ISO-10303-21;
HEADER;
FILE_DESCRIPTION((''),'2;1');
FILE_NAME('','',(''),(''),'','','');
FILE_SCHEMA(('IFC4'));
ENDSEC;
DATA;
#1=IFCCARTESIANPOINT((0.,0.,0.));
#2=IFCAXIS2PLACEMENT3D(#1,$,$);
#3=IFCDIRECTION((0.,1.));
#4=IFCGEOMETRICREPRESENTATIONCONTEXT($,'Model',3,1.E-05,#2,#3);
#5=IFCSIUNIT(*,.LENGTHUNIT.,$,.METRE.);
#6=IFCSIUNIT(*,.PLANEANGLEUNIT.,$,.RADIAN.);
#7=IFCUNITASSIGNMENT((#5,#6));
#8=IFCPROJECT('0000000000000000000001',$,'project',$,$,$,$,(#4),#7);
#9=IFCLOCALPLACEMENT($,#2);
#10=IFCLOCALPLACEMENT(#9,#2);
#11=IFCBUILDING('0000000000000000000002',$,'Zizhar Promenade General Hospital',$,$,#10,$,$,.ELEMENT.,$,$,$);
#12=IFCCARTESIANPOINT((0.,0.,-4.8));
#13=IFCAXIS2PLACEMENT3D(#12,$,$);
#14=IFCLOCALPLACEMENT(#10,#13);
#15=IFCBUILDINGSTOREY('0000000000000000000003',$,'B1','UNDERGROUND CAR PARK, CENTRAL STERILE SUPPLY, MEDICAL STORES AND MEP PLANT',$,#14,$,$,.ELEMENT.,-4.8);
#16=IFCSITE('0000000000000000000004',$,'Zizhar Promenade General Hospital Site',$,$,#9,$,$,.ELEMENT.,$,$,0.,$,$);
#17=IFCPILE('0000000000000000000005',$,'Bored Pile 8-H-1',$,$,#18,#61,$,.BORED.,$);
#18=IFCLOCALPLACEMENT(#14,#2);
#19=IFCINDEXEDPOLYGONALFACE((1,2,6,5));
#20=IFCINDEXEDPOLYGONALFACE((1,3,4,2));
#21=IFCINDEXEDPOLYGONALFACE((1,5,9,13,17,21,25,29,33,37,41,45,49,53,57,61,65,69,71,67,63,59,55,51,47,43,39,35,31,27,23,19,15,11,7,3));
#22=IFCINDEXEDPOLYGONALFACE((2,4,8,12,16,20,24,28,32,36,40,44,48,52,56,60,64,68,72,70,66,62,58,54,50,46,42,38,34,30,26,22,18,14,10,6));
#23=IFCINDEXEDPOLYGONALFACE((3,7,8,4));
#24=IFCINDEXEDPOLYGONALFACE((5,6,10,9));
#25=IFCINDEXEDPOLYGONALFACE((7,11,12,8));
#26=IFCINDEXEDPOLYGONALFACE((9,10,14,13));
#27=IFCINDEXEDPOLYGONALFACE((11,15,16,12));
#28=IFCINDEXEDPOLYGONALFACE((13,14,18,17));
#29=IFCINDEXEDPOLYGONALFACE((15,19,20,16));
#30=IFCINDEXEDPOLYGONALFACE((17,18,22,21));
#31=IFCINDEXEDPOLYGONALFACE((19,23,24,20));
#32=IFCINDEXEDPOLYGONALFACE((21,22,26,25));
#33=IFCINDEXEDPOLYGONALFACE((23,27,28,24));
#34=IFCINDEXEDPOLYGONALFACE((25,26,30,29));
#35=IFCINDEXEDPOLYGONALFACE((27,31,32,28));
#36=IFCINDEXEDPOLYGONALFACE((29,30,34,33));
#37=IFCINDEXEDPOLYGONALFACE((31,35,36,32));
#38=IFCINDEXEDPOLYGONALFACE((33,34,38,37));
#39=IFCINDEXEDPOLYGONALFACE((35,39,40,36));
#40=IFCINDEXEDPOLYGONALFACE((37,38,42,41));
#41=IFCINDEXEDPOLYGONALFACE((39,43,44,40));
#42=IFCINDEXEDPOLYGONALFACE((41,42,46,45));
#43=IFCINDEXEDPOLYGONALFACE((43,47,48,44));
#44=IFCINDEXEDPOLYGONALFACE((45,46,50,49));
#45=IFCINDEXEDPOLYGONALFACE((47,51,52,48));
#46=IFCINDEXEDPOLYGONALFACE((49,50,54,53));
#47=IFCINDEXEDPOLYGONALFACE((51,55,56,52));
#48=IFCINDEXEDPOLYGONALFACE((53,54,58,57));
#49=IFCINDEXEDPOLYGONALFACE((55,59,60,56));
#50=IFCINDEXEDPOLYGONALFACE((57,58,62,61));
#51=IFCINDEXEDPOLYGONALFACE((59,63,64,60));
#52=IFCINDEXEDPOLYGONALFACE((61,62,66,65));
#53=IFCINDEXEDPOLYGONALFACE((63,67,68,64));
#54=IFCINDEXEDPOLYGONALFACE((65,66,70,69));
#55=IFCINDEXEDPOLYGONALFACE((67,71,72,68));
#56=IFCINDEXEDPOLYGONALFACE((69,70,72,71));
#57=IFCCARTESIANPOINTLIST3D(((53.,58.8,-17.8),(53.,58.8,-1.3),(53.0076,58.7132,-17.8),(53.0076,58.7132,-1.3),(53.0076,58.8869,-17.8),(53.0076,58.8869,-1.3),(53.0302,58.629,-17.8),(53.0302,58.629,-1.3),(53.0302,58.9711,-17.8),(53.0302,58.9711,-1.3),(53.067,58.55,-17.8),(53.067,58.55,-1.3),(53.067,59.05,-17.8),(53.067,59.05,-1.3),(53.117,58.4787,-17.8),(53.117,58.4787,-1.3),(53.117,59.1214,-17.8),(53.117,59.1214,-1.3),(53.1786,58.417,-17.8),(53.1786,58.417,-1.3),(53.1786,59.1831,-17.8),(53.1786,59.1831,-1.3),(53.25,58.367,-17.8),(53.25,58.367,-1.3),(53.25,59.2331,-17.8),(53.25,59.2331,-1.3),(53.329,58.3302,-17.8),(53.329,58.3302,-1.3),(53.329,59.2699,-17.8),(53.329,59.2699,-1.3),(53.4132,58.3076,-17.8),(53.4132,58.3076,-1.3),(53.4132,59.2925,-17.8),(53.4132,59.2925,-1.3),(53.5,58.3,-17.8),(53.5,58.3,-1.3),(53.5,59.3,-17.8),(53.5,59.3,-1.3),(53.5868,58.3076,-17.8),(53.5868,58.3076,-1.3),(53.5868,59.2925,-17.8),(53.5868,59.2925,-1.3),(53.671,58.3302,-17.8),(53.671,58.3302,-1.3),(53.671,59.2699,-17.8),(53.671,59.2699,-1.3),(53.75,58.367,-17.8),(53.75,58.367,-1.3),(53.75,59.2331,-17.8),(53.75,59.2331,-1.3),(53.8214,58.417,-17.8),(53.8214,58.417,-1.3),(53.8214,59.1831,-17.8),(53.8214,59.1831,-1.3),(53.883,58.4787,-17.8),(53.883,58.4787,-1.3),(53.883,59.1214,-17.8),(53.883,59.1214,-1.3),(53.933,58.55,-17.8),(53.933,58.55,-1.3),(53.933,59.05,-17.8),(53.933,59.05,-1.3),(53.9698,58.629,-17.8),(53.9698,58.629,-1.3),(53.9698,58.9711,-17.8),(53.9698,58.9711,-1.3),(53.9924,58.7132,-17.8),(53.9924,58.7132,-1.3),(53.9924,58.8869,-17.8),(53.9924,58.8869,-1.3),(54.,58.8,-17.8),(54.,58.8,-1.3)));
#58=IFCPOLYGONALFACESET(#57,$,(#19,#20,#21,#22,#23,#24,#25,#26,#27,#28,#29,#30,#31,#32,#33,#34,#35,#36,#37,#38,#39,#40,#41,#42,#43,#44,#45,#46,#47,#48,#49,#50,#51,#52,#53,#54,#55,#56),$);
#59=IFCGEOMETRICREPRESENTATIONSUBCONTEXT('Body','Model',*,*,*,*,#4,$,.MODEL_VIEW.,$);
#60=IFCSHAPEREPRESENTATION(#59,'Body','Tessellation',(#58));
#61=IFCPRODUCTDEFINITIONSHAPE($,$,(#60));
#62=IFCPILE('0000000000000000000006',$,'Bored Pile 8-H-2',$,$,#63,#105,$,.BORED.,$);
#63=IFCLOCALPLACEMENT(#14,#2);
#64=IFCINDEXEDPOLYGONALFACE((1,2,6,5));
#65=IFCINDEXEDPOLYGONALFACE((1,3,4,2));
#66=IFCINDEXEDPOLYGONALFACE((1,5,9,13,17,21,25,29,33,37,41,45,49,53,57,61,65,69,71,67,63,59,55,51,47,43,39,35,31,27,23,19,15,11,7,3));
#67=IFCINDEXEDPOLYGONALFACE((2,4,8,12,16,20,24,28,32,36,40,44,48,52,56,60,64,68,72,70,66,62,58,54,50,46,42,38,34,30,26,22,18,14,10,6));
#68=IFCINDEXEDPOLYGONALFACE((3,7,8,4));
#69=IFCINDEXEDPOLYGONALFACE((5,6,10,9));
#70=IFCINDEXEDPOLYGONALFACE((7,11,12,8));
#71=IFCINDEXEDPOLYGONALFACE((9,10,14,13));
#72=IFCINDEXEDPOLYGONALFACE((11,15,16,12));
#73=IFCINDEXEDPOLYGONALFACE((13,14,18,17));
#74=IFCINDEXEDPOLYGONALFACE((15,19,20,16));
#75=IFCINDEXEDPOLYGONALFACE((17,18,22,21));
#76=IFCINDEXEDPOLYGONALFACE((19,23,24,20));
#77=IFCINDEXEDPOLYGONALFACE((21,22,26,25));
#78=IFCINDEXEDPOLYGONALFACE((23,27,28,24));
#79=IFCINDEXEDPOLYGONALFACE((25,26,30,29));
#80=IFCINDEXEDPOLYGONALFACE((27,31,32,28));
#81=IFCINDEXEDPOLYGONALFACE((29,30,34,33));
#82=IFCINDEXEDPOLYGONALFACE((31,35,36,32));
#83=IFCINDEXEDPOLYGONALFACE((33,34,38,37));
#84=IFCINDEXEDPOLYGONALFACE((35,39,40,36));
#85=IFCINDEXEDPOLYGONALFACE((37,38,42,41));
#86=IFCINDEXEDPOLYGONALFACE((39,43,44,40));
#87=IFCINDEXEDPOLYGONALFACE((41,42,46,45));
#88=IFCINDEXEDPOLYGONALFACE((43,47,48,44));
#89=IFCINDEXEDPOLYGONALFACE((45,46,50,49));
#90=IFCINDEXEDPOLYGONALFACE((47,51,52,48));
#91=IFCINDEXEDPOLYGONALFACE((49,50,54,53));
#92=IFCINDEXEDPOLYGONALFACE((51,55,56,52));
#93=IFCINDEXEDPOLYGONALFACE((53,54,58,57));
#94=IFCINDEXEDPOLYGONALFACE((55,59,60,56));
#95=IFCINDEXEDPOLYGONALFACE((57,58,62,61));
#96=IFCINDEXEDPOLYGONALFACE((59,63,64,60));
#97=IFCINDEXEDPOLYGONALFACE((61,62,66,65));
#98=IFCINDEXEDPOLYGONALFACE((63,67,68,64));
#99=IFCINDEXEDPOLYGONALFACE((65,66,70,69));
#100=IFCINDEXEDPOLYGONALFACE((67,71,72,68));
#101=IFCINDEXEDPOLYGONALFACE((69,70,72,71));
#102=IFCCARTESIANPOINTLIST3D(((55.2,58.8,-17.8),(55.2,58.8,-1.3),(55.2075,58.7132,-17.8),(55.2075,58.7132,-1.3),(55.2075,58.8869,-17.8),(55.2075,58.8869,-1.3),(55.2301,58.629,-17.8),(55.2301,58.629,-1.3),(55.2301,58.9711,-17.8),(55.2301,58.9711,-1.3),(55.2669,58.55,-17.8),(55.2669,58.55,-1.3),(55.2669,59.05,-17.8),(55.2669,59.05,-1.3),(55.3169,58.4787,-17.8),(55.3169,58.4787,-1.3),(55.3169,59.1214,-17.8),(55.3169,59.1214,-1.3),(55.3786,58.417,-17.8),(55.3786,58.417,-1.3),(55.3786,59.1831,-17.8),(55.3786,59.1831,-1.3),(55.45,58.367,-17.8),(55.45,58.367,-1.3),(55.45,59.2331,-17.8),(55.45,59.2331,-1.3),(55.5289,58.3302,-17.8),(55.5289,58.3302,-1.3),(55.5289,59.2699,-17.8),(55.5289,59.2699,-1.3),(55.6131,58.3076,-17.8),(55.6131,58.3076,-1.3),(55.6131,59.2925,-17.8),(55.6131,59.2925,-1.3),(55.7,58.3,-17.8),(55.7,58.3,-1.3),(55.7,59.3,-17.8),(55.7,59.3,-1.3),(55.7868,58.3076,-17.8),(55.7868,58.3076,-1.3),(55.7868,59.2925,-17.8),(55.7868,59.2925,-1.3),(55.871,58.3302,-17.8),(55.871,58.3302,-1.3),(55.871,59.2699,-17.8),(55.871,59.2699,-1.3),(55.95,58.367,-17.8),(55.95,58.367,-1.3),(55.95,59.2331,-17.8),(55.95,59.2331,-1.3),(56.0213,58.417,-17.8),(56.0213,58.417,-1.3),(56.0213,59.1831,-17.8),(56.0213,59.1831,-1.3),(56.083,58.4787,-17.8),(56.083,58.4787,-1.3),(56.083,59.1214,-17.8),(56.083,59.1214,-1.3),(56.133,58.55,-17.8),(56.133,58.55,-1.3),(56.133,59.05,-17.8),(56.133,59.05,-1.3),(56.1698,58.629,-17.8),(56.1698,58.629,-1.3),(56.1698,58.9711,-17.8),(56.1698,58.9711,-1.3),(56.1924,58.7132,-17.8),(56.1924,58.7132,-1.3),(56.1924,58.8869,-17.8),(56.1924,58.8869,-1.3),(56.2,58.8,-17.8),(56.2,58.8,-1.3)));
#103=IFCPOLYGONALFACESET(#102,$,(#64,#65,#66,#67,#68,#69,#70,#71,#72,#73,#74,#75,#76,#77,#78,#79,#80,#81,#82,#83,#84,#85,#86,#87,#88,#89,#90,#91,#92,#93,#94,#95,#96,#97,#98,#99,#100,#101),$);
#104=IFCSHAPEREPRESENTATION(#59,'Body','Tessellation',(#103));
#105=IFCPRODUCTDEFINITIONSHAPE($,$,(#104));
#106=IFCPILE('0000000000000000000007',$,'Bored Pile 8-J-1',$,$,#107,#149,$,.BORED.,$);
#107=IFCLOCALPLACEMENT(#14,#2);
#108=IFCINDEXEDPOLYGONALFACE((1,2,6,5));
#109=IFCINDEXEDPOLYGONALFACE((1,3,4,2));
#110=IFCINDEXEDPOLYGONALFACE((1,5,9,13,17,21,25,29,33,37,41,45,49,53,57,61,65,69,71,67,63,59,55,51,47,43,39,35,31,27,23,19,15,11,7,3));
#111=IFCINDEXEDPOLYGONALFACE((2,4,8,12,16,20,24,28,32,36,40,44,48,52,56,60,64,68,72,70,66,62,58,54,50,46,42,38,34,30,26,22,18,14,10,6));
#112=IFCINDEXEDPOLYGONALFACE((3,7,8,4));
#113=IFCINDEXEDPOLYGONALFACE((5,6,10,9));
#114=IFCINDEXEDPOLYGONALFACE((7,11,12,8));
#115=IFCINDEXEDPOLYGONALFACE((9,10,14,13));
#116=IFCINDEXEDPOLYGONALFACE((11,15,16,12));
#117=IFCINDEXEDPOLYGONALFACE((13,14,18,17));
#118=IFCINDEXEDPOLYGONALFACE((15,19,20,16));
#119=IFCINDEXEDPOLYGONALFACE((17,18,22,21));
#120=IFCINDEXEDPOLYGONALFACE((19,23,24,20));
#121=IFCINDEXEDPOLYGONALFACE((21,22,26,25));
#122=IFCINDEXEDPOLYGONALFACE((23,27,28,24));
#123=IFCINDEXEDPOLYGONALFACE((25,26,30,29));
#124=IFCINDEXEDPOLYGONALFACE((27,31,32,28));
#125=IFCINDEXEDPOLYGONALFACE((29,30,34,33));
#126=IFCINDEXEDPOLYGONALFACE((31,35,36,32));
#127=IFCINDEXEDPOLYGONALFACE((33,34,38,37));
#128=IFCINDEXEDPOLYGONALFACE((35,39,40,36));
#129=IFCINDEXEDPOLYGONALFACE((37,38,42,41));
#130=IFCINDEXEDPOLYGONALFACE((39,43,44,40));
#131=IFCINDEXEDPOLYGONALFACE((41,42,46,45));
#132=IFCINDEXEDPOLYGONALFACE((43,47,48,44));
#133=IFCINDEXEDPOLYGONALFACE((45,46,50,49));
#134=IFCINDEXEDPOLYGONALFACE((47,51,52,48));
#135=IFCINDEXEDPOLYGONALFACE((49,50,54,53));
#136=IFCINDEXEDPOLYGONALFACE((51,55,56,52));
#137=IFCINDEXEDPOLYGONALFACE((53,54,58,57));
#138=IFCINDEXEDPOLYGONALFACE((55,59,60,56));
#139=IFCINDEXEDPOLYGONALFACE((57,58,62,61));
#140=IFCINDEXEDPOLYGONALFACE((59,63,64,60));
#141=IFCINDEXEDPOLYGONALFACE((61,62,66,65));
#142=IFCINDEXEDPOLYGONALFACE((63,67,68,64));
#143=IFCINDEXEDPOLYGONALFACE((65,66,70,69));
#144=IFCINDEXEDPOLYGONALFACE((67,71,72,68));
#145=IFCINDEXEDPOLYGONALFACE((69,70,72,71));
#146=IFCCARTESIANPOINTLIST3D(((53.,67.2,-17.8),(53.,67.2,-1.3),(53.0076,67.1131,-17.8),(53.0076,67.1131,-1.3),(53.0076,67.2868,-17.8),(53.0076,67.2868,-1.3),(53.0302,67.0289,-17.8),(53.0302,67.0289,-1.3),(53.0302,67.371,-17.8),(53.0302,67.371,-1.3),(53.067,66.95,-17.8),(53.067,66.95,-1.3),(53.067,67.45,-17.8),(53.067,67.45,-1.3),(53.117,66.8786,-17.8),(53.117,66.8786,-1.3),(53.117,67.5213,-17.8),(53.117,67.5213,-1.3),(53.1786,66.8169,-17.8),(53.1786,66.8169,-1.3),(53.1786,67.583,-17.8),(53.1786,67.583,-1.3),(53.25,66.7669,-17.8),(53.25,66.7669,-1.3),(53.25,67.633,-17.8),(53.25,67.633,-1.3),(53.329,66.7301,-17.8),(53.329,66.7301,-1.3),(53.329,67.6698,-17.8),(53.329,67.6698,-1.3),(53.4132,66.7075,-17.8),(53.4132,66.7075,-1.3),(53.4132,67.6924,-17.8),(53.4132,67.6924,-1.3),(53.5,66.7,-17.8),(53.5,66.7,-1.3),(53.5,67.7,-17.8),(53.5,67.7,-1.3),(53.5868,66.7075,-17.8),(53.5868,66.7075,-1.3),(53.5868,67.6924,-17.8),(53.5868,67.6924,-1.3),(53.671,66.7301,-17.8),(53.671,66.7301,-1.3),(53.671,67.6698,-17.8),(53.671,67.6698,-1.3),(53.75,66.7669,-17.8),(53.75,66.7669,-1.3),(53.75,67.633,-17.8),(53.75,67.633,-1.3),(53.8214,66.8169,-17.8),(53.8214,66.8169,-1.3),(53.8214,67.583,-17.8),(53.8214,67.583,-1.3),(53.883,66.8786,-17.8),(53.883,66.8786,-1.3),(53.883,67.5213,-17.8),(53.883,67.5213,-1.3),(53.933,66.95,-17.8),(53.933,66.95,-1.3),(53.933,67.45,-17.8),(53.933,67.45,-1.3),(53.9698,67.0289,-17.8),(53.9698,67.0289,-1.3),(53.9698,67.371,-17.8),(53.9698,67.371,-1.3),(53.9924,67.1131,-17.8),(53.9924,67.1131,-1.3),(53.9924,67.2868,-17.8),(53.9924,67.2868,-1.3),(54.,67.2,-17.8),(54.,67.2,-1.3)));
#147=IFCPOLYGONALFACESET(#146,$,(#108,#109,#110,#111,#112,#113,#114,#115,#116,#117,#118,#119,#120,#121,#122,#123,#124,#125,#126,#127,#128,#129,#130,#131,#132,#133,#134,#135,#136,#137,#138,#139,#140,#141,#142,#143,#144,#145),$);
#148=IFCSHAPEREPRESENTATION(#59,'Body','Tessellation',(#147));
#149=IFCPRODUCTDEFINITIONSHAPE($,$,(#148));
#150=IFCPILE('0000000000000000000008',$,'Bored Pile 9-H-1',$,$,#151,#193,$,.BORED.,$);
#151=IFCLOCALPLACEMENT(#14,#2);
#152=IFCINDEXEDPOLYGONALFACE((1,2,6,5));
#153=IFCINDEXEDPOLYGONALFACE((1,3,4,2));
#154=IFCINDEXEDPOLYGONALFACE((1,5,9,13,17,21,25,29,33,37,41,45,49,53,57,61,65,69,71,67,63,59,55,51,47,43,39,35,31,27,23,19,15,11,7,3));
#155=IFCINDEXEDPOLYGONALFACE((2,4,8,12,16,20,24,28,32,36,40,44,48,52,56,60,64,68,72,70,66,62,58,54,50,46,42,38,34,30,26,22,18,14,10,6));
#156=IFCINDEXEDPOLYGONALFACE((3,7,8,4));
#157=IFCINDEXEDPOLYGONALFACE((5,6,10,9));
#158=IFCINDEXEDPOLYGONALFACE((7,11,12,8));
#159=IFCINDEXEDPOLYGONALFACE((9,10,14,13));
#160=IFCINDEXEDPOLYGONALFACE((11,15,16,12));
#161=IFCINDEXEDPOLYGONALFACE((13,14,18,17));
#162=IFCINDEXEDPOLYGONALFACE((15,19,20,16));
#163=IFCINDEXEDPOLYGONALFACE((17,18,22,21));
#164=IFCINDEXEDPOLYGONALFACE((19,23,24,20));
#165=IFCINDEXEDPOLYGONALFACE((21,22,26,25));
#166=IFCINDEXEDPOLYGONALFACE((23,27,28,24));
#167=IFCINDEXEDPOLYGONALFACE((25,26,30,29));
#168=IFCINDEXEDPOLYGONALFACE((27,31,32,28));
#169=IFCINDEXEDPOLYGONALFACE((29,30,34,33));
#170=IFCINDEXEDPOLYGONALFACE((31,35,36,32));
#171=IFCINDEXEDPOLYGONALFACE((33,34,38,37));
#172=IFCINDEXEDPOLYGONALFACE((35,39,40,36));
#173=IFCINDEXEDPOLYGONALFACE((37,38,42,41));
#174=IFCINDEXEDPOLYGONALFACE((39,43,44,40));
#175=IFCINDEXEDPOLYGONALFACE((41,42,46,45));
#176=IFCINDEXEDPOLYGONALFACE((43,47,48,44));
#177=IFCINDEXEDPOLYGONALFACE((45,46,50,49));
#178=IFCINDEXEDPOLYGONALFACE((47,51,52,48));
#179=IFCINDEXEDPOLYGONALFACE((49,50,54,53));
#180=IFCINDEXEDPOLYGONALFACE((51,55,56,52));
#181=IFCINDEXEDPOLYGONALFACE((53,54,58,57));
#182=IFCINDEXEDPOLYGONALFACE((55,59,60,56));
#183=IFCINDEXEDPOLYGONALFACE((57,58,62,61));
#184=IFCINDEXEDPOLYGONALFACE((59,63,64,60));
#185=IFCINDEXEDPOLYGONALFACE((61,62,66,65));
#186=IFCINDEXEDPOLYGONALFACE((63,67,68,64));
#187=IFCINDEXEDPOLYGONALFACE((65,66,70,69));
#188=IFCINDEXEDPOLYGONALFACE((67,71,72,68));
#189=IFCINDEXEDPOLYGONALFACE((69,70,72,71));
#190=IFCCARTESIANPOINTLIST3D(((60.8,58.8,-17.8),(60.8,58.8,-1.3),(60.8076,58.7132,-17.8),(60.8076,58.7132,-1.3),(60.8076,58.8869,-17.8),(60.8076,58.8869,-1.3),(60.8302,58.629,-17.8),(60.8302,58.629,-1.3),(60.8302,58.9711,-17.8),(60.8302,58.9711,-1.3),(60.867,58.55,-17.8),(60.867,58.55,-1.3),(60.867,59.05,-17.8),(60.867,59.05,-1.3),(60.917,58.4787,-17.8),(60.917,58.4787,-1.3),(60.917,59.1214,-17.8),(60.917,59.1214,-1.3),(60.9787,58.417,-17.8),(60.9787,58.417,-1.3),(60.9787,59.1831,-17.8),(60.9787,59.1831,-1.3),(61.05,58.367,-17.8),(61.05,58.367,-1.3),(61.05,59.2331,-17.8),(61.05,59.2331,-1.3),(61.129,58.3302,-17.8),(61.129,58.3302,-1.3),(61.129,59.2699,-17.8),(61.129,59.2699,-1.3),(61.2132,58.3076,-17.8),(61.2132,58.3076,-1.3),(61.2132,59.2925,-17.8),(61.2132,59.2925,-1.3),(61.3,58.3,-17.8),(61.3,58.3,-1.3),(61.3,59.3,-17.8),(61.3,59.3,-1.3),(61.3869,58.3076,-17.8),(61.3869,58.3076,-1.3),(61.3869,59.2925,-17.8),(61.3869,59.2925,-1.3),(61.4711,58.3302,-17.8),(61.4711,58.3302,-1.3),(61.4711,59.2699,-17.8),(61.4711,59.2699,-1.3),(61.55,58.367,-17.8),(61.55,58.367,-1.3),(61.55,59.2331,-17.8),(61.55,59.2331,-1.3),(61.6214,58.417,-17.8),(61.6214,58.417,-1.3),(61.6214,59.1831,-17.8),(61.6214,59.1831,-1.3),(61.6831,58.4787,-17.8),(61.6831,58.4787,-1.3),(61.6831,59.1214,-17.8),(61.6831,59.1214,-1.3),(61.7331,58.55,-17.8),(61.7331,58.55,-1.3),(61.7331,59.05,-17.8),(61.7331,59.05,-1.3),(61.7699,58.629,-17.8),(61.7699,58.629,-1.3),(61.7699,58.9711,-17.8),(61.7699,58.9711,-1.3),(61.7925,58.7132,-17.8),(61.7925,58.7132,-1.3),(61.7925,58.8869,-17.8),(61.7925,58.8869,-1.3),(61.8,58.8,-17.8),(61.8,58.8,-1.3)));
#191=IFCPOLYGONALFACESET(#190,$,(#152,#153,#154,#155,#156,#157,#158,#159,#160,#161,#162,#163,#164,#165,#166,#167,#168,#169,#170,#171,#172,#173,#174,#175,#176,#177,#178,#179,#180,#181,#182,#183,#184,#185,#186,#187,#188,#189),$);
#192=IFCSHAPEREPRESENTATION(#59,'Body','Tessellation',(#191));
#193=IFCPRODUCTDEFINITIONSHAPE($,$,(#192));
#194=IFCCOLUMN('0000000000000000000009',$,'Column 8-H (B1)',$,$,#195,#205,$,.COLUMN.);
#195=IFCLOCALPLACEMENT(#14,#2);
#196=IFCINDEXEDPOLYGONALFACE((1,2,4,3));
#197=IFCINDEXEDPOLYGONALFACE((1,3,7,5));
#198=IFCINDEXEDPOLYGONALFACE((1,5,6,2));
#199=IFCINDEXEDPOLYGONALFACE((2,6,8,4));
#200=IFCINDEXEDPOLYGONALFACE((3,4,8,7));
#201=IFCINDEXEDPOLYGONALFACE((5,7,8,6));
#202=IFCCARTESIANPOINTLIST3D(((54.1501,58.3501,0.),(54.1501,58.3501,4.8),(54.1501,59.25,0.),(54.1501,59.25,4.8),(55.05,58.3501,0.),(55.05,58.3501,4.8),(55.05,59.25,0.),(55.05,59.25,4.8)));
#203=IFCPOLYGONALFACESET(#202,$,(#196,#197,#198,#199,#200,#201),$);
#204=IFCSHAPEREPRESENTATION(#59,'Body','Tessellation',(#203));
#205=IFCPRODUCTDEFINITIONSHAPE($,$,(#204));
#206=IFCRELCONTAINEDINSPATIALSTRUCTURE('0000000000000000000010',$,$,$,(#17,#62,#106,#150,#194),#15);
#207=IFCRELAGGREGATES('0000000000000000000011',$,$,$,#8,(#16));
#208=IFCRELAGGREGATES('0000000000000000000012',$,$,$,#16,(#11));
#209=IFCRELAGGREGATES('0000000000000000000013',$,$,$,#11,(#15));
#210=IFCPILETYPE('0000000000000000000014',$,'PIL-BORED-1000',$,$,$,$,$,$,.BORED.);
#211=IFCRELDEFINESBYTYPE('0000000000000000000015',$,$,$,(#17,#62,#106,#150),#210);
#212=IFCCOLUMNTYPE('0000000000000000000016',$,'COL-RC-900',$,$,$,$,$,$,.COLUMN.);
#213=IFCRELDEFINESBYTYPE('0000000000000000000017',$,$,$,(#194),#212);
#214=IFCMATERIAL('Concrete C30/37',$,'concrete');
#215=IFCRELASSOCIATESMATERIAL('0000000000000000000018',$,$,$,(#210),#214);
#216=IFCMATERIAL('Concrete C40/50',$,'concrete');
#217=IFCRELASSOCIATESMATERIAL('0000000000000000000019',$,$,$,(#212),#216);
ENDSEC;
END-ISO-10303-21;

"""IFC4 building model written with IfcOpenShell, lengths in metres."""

from ifc_helpers import new_model, si_unit, direction, frame, origin, origin_2d, place, context, subcontext, project, spatial, rectangle, circle, extrude, material, material_profile, profile_set, type_object, element, save


model = new_model("IFC4")

# Units and contexts
model_context = context("Model", 3, precision=1e-05, world=origin(), true_north=direction((0.0, 1.0)))
body_context = subcontext(model_context, "Body", "Model", "MODEL_VIEW")
ifc_project = project(units=[si_unit("LENGTHUNIT", "METRE"), si_unit("PLANEANGLEUNIT", "RADIAN")], contexts=[model_context])

# Site, building, storey
site_placement = place(None, origin())
site = spatial("IfcSite", under=ifc_project, at=site_placement, Name="Zizhar Promenade General Hospital Site", CompositionType="ELEMENT", RefElevation=0.0)
building_placement = place(site_placement, origin())
building = spatial("IfcBuilding", under=site, at=building_placement, Name="Zizhar Promenade General Hospital", CompositionType="ELEMENT")
storey_placement = place(building_placement, frame((0.0, 0.0, -4.8)))
storey = spatial("IfcBuildingStorey", under=building, at=storey_placement, Name="B1", Description="UNDERGROUND CAR PARK, CENTRAL STERILE SUPPLY, MEDICAL STORES AND MEP PLANT", CompositionType="ELEMENT", Elevation=-4.8)

# Piles
ifc_material_1 = material(Name="Concrete C30/37", Category="concrete")
ifc_material_profile_1 = material_profile(ifc_material_1, circle(Radius=0.5, at=origin_2d()))
ifc_profile_set_1 = profile_set([ifc_material_profile_1], Name="Concrete C30/37")
pile_type = type_object("IfcPileType", Name="PIL-BORED-1000", PredefinedType="BORED", material=ifc_profile_set_1)
for number, where, z_axis, x_axis, name in (
    (1, (53.5, 58.8, -1.3), (0.0, 0.0, -1.0), (1.0, 0.0, 0.0), "Bored Pile 8-H-1"),
    (2, (55.7, 58.8, -1.3), (0.0, 0.0, -1.0), (1.0, 0.0, 0.0), "Bored Pile 8-H-2"),
    (3, (53.5, 67.2, -1.3), (0.0, 0.0, -1.0), (1.0, 0.0, 0.0), "Bored Pile 8-J-1"),
    (4, (61.3, 58.8, -1.3), (0.0, 0.0, -1.0), (1.0, 0.0, 0.0), "Bored Pile 9-H-1"),
):
    element("IfcPile", number, at=place(storey_placement, frame(where, z_axis=z_axis, x_axis=x_axis)), inside=storey, type_object=pile_type, Name=name, PredefinedType="BORED", context=body_context, shape_type="SweptSolid", body=[
        extrude(circle(Radius=0.5, at=origin_2d()), origin(), (0.0, 0.0, 1.0), 16.5),
    ])

# Column
ifc_material_2 = material(Name="Concrete C40/50", Category="concrete")
ifc_material_profile_2 = material_profile(ifc_material_2, rectangle(XDim=0.8999, YDim=0.8999, at=origin_2d()))
ifc_profile_set_2 = profile_set([ifc_material_profile_2], Name="Concrete C40/50")
column_type = type_object("IfcColumnType", Name="COL-RC-900", PredefinedType="COLUMN", material=ifc_profile_set_2)
for number, where, z_axis, x_axis, name in (
    (5, (54.6001, 58.8, 0.0), (0.0, 0.0, 1.0), (1.0, 0.0, 0.0), "Column 8-H (B1)"),
):
    element("IfcColumn", number, at=place(storey_placement, frame(where, z_axis=z_axis, x_axis=x_axis)), inside=storey, type_object=column_type, Name=name, PredefinedType="COLUMN", context=body_context, shape_type="SweptSolid", body=[
        extrude(rectangle(XDim=0.8999, YDim=0.8999, at=origin_2d()), origin(), (0.0, 0.0, 1.0), 4.8),
    ])

save(model, "model.ifc")
